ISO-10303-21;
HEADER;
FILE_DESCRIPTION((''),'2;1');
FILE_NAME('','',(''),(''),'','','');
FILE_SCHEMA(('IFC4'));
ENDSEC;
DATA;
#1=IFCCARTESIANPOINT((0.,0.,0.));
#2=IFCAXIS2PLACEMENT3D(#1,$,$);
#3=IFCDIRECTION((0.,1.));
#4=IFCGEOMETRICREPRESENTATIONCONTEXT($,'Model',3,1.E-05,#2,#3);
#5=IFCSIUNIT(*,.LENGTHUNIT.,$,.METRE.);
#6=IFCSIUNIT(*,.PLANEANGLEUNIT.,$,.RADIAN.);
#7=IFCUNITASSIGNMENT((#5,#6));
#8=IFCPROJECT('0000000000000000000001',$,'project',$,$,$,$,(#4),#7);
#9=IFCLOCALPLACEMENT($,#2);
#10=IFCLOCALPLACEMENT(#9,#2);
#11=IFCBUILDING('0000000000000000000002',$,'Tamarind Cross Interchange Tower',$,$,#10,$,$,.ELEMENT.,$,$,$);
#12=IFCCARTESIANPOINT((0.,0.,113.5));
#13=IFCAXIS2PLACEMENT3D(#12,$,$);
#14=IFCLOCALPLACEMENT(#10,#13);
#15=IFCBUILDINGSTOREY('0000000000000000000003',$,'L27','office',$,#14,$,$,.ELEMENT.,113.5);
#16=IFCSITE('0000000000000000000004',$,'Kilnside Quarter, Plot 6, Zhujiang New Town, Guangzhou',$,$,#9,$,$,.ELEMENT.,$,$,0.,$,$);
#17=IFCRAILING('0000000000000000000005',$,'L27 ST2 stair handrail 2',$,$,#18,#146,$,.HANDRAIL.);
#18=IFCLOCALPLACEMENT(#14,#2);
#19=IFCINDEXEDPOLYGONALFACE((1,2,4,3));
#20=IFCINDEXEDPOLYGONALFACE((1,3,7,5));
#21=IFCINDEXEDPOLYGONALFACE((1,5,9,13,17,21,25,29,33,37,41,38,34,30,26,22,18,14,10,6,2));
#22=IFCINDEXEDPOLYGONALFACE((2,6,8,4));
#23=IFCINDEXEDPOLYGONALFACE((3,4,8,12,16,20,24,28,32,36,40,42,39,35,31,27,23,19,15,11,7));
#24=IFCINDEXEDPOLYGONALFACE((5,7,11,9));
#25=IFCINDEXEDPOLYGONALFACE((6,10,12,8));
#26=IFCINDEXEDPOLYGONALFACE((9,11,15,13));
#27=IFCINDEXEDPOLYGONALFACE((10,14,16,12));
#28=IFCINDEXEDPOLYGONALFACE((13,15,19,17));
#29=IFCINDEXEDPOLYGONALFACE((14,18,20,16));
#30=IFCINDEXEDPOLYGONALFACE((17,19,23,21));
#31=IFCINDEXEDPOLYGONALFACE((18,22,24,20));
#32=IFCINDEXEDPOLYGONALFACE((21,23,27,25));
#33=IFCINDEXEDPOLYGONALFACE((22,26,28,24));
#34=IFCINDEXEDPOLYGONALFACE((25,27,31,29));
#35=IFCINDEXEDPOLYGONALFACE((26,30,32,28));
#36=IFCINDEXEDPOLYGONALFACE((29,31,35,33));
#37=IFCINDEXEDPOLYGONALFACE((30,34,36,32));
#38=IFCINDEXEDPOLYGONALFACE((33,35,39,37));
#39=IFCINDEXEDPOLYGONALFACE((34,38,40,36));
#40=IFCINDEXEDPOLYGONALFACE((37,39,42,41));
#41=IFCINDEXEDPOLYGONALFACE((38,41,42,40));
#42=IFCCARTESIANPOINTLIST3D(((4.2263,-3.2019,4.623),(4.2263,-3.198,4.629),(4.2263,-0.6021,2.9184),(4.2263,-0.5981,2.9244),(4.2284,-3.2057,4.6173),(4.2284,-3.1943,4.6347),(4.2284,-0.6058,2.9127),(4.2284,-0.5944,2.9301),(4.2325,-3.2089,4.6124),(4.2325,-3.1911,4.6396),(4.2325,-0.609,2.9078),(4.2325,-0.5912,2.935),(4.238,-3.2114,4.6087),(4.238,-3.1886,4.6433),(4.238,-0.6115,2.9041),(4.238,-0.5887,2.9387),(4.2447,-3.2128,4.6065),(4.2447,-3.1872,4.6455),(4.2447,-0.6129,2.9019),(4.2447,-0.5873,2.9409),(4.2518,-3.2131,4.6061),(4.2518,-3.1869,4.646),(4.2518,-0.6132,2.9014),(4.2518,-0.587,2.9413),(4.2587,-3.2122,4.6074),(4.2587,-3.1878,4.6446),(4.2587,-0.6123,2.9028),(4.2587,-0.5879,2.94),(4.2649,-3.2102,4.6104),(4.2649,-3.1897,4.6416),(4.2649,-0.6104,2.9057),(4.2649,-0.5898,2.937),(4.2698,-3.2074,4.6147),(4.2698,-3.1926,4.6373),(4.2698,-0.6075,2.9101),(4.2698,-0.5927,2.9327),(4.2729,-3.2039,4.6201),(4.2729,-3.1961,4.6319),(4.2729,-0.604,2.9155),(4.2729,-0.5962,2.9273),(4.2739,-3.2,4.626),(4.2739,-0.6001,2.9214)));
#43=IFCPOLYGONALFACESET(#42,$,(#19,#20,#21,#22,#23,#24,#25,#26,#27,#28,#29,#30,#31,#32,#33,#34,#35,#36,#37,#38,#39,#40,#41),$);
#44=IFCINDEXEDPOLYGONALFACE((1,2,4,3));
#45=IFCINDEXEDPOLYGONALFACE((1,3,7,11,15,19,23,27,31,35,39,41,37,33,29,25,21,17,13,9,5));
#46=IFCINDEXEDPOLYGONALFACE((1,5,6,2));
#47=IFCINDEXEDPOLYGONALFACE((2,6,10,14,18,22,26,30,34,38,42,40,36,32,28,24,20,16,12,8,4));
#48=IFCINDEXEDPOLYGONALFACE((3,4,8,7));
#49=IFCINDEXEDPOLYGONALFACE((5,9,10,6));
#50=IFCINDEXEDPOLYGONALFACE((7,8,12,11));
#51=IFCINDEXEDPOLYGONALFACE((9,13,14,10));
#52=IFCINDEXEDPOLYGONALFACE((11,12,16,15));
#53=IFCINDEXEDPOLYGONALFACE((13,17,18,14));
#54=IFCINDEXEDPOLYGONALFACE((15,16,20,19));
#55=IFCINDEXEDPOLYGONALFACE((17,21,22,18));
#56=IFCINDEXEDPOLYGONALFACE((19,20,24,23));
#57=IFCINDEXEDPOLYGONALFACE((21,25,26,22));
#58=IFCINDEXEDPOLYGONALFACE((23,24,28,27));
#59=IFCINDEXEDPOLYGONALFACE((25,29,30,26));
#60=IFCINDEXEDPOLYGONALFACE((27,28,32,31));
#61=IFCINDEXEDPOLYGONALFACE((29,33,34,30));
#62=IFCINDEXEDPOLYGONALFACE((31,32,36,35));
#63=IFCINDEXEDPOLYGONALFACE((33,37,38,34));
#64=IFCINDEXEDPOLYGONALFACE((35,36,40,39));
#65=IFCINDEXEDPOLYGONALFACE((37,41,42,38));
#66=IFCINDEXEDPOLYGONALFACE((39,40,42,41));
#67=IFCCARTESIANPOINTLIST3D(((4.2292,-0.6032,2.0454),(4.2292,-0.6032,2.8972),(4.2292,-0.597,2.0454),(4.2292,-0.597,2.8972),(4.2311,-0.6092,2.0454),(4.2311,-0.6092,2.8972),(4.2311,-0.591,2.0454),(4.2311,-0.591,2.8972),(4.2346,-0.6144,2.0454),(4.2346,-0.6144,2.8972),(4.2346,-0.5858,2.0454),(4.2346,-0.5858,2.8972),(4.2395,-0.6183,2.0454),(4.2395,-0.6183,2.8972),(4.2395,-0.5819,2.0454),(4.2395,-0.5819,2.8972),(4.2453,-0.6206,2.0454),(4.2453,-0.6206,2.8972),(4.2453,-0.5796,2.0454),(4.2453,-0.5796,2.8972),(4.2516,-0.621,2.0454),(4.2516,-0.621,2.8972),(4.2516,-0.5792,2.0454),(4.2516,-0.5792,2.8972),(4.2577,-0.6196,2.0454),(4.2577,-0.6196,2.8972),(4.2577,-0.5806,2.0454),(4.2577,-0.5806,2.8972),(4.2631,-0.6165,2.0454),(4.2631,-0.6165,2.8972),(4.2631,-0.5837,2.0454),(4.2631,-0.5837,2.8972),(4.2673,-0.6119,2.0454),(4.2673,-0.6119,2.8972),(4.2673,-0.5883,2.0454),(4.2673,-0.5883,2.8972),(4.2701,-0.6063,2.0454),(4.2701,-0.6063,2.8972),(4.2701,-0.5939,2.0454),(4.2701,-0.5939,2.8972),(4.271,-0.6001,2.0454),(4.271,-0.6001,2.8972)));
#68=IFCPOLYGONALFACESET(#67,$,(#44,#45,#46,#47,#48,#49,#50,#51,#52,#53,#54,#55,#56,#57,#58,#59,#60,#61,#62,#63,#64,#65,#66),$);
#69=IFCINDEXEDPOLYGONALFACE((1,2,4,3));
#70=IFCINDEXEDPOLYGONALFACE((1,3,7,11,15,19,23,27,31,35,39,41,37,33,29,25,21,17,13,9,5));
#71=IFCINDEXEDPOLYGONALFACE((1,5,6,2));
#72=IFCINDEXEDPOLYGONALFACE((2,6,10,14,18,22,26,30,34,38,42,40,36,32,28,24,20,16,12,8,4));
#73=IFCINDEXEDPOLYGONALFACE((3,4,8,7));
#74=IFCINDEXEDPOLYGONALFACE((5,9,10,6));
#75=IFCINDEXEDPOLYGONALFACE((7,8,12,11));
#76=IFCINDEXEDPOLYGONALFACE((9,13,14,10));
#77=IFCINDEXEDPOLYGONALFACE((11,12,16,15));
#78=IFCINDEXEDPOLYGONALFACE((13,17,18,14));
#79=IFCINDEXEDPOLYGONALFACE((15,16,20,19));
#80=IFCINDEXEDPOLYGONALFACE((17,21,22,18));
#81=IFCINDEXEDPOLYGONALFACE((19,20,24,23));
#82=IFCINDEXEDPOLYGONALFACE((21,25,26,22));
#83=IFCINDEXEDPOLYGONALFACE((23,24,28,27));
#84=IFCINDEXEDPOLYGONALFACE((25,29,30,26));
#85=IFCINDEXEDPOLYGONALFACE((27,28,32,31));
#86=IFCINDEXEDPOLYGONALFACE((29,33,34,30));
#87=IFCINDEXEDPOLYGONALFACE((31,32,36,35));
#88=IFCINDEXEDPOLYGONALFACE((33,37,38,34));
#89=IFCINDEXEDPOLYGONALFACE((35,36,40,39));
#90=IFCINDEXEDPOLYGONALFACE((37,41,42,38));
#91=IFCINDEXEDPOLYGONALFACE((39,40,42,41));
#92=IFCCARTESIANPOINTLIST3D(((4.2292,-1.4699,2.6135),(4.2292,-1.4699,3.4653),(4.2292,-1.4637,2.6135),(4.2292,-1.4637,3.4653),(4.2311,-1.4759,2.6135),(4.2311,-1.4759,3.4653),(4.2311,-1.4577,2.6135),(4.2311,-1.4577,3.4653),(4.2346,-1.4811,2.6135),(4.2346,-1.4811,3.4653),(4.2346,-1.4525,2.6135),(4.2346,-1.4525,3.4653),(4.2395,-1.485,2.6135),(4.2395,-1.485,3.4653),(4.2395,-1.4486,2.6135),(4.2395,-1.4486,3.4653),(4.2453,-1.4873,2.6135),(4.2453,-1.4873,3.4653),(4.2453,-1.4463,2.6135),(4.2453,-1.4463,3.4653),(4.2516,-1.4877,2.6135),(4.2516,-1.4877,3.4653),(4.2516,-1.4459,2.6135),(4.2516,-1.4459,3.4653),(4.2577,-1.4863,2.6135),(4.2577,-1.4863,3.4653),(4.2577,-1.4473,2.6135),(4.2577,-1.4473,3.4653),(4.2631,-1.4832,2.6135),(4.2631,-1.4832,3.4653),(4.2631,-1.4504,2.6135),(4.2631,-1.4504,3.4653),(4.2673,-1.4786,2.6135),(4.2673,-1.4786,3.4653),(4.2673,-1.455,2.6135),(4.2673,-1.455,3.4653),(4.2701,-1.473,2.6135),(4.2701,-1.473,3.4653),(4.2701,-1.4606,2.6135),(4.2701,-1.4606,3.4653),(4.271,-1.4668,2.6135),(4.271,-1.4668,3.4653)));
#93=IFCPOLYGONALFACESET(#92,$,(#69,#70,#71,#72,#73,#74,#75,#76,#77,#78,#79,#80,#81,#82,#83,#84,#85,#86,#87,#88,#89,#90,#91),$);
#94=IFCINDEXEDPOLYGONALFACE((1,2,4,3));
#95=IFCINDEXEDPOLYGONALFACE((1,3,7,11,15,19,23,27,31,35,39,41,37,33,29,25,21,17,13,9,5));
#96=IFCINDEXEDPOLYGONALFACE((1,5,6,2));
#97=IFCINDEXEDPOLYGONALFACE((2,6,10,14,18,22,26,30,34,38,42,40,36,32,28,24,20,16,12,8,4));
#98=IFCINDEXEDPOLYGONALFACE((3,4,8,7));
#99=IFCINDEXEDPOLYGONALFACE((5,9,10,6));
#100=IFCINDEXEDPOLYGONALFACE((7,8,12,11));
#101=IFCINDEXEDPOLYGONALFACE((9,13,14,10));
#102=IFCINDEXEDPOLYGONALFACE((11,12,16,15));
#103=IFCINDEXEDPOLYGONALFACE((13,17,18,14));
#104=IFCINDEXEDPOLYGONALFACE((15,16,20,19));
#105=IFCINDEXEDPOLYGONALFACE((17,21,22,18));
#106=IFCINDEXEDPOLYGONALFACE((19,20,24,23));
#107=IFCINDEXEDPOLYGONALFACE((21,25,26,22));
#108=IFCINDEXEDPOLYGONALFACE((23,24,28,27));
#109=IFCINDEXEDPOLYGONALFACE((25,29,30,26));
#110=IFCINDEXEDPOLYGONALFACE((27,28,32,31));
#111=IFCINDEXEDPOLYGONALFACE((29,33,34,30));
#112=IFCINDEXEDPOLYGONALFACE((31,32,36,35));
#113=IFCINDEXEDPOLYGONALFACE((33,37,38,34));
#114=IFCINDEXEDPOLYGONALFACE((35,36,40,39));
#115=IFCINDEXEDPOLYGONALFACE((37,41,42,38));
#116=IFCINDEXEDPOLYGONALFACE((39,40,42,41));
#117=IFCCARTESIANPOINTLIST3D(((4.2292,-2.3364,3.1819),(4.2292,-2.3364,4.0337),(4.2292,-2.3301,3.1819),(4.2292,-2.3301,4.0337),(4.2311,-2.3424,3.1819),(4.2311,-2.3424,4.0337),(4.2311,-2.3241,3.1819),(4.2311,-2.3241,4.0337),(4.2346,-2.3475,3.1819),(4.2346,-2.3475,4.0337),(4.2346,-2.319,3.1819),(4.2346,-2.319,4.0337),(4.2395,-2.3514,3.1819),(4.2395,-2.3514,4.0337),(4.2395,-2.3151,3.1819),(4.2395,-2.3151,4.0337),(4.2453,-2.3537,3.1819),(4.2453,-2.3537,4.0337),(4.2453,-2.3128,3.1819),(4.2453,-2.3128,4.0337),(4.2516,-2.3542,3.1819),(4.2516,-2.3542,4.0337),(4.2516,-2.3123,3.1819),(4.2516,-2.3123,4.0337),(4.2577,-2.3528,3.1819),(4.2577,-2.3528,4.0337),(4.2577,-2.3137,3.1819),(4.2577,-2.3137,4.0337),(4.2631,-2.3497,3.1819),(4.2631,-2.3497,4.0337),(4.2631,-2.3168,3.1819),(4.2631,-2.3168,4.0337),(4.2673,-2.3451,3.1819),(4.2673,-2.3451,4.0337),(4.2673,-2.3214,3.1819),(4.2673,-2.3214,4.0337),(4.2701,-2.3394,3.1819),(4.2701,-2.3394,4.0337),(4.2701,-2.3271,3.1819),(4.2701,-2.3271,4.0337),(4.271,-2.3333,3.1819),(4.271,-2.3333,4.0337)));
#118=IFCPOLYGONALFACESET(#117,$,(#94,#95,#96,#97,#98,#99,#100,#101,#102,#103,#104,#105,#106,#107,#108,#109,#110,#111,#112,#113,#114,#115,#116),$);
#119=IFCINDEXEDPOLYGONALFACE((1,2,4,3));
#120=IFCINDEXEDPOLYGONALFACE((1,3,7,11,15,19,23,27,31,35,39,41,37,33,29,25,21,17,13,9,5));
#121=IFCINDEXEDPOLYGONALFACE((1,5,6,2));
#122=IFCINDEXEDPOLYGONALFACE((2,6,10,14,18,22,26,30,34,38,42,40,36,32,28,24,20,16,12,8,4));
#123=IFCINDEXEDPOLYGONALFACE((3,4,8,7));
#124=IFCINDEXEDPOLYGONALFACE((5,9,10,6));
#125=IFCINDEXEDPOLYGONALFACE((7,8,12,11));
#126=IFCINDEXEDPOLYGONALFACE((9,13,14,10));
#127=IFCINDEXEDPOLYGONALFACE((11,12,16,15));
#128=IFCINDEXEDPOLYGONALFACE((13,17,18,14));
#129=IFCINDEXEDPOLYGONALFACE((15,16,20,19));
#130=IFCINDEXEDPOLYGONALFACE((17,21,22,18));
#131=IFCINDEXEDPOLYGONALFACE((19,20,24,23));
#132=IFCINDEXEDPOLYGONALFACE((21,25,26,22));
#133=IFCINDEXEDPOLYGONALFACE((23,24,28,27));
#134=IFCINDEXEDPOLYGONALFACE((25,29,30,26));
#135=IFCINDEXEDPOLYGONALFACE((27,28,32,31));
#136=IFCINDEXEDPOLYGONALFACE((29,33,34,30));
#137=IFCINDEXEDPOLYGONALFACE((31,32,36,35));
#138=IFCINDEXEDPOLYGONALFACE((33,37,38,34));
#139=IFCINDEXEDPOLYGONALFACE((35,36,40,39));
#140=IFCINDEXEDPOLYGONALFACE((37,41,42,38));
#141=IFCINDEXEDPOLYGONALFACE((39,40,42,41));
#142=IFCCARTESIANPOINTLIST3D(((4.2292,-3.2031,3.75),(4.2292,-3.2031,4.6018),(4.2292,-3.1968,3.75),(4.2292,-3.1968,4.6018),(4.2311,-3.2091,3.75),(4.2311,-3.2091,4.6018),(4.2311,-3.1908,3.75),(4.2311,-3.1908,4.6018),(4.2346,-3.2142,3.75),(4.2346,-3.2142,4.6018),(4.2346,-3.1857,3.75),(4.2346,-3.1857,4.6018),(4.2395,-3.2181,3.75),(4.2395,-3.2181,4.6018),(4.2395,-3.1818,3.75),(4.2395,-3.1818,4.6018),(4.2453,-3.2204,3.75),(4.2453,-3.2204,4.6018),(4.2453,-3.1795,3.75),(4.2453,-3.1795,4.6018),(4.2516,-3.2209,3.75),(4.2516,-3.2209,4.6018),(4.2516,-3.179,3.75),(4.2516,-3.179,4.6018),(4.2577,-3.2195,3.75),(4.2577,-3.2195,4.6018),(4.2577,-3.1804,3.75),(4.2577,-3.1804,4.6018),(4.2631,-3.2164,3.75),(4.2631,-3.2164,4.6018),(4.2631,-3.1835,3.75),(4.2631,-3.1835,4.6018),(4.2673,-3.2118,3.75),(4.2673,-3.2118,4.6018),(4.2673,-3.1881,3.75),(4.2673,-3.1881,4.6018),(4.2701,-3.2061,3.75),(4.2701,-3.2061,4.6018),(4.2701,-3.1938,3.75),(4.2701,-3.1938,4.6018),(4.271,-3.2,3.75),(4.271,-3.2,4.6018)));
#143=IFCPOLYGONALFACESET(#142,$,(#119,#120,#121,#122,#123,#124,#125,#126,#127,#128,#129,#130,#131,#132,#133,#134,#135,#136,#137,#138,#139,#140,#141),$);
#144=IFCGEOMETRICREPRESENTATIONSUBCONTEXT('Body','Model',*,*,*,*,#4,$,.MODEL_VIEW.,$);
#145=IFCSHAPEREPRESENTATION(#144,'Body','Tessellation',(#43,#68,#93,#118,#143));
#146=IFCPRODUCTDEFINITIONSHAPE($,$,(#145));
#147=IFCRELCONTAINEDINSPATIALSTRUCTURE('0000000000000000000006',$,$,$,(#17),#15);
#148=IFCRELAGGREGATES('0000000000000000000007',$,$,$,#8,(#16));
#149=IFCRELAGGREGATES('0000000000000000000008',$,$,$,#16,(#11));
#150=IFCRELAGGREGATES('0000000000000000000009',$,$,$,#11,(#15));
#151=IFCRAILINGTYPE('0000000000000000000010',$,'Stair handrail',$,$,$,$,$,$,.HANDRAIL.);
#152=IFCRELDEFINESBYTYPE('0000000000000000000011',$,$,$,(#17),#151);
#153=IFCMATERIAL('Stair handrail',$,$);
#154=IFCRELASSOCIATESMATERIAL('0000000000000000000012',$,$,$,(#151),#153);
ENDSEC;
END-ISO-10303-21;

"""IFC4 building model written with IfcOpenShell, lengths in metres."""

from ifc_helpers import new_model, si_unit, direction, frame, origin, origin_2d, place, context, subcontext, project, spatial, circle, extrude, material, type_object, element, save


model = new_model("IFC4")

# Units and contexts
model_context = context("Model", 3, precision=1e-05, world=origin(), true_north=direction((0.0, 1.0)))
body_context = subcontext(model_context, "Body", "Model", "MODEL_VIEW")
ifc_project = project(units=[si_unit("LENGTHUNIT", "METRE"), si_unit("PLANEANGLEUNIT", "RADIAN")], contexts=[model_context])

# Site, building, storey
site_placement = place(None, origin())
site = spatial("IfcSite", under=ifc_project, at=site_placement, Name="Kilnside Quarter, Plot 6, Zhujiang New Town, Guangzhou", CompositionType="ELEMENT", RefElevation=0.0)
building_placement = place(site_placement, origin())
building = spatial("IfcBuilding", under=site, at=building_placement, Name="Tamarind Cross Interchange Tower", CompositionType="ELEMENT")
storey_placement = place(building_placement, frame((0.0, 0.0, 113.5)))
storey = spatial("IfcBuildingStorey", under=building, at=storey_placement, Name="L27", Description="office", CompositionType="ELEMENT", Elevation=113.5)

# Railing
ifc_material_1 = material(Name="Stair handrail")
railing_type = type_object("IfcRailingType", Name="Stair handrail", PredefinedType="HANDRAIL", material=ifc_material_1)
railing_placement = place(storey_placement, frame((4.25, -0.6001, 2.0454)))
element("IfcRailing", 1, at=railing_placement, inside=storey, type_object=railing_type, Name="L27 ST2 stair handrail 2", PredefinedType="HANDRAIL", context=body_context, shape_type="SweptSolid", body=[
    extrude(circle(Radius=0.0239, at=origin_2d()), frame((0.0, 0.0, 0.876), z_axis=(0.0, -0.836279, 0.548305), x_axis=(1.0, 0.0, 0.0)), (0.0, 0.0, 1.0), 3.1089),
    extrude(circle(Radius=0.021, at=origin_2d()), origin(), (0.0, 0.0, 1.0), 0.8518),
    extrude(circle(Radius=0.021, at=origin_2d()), frame((0.0, -0.8667, 0.5681)), (0.0, 0.0, 1.0), 0.8518),
    extrude(circle(Radius=0.021, at=origin_2d()), frame((0.0, -1.7332, 1.1365)), (0.0, 0.0, 1.0), 0.8518),
    extrude(circle(Radius=0.021, at=origin_2d()), frame((0.0, -2.5999, 1.7046)), (0.0, 0.0, 1.0), 0.8518),
])

save(model, "model.ifc")
